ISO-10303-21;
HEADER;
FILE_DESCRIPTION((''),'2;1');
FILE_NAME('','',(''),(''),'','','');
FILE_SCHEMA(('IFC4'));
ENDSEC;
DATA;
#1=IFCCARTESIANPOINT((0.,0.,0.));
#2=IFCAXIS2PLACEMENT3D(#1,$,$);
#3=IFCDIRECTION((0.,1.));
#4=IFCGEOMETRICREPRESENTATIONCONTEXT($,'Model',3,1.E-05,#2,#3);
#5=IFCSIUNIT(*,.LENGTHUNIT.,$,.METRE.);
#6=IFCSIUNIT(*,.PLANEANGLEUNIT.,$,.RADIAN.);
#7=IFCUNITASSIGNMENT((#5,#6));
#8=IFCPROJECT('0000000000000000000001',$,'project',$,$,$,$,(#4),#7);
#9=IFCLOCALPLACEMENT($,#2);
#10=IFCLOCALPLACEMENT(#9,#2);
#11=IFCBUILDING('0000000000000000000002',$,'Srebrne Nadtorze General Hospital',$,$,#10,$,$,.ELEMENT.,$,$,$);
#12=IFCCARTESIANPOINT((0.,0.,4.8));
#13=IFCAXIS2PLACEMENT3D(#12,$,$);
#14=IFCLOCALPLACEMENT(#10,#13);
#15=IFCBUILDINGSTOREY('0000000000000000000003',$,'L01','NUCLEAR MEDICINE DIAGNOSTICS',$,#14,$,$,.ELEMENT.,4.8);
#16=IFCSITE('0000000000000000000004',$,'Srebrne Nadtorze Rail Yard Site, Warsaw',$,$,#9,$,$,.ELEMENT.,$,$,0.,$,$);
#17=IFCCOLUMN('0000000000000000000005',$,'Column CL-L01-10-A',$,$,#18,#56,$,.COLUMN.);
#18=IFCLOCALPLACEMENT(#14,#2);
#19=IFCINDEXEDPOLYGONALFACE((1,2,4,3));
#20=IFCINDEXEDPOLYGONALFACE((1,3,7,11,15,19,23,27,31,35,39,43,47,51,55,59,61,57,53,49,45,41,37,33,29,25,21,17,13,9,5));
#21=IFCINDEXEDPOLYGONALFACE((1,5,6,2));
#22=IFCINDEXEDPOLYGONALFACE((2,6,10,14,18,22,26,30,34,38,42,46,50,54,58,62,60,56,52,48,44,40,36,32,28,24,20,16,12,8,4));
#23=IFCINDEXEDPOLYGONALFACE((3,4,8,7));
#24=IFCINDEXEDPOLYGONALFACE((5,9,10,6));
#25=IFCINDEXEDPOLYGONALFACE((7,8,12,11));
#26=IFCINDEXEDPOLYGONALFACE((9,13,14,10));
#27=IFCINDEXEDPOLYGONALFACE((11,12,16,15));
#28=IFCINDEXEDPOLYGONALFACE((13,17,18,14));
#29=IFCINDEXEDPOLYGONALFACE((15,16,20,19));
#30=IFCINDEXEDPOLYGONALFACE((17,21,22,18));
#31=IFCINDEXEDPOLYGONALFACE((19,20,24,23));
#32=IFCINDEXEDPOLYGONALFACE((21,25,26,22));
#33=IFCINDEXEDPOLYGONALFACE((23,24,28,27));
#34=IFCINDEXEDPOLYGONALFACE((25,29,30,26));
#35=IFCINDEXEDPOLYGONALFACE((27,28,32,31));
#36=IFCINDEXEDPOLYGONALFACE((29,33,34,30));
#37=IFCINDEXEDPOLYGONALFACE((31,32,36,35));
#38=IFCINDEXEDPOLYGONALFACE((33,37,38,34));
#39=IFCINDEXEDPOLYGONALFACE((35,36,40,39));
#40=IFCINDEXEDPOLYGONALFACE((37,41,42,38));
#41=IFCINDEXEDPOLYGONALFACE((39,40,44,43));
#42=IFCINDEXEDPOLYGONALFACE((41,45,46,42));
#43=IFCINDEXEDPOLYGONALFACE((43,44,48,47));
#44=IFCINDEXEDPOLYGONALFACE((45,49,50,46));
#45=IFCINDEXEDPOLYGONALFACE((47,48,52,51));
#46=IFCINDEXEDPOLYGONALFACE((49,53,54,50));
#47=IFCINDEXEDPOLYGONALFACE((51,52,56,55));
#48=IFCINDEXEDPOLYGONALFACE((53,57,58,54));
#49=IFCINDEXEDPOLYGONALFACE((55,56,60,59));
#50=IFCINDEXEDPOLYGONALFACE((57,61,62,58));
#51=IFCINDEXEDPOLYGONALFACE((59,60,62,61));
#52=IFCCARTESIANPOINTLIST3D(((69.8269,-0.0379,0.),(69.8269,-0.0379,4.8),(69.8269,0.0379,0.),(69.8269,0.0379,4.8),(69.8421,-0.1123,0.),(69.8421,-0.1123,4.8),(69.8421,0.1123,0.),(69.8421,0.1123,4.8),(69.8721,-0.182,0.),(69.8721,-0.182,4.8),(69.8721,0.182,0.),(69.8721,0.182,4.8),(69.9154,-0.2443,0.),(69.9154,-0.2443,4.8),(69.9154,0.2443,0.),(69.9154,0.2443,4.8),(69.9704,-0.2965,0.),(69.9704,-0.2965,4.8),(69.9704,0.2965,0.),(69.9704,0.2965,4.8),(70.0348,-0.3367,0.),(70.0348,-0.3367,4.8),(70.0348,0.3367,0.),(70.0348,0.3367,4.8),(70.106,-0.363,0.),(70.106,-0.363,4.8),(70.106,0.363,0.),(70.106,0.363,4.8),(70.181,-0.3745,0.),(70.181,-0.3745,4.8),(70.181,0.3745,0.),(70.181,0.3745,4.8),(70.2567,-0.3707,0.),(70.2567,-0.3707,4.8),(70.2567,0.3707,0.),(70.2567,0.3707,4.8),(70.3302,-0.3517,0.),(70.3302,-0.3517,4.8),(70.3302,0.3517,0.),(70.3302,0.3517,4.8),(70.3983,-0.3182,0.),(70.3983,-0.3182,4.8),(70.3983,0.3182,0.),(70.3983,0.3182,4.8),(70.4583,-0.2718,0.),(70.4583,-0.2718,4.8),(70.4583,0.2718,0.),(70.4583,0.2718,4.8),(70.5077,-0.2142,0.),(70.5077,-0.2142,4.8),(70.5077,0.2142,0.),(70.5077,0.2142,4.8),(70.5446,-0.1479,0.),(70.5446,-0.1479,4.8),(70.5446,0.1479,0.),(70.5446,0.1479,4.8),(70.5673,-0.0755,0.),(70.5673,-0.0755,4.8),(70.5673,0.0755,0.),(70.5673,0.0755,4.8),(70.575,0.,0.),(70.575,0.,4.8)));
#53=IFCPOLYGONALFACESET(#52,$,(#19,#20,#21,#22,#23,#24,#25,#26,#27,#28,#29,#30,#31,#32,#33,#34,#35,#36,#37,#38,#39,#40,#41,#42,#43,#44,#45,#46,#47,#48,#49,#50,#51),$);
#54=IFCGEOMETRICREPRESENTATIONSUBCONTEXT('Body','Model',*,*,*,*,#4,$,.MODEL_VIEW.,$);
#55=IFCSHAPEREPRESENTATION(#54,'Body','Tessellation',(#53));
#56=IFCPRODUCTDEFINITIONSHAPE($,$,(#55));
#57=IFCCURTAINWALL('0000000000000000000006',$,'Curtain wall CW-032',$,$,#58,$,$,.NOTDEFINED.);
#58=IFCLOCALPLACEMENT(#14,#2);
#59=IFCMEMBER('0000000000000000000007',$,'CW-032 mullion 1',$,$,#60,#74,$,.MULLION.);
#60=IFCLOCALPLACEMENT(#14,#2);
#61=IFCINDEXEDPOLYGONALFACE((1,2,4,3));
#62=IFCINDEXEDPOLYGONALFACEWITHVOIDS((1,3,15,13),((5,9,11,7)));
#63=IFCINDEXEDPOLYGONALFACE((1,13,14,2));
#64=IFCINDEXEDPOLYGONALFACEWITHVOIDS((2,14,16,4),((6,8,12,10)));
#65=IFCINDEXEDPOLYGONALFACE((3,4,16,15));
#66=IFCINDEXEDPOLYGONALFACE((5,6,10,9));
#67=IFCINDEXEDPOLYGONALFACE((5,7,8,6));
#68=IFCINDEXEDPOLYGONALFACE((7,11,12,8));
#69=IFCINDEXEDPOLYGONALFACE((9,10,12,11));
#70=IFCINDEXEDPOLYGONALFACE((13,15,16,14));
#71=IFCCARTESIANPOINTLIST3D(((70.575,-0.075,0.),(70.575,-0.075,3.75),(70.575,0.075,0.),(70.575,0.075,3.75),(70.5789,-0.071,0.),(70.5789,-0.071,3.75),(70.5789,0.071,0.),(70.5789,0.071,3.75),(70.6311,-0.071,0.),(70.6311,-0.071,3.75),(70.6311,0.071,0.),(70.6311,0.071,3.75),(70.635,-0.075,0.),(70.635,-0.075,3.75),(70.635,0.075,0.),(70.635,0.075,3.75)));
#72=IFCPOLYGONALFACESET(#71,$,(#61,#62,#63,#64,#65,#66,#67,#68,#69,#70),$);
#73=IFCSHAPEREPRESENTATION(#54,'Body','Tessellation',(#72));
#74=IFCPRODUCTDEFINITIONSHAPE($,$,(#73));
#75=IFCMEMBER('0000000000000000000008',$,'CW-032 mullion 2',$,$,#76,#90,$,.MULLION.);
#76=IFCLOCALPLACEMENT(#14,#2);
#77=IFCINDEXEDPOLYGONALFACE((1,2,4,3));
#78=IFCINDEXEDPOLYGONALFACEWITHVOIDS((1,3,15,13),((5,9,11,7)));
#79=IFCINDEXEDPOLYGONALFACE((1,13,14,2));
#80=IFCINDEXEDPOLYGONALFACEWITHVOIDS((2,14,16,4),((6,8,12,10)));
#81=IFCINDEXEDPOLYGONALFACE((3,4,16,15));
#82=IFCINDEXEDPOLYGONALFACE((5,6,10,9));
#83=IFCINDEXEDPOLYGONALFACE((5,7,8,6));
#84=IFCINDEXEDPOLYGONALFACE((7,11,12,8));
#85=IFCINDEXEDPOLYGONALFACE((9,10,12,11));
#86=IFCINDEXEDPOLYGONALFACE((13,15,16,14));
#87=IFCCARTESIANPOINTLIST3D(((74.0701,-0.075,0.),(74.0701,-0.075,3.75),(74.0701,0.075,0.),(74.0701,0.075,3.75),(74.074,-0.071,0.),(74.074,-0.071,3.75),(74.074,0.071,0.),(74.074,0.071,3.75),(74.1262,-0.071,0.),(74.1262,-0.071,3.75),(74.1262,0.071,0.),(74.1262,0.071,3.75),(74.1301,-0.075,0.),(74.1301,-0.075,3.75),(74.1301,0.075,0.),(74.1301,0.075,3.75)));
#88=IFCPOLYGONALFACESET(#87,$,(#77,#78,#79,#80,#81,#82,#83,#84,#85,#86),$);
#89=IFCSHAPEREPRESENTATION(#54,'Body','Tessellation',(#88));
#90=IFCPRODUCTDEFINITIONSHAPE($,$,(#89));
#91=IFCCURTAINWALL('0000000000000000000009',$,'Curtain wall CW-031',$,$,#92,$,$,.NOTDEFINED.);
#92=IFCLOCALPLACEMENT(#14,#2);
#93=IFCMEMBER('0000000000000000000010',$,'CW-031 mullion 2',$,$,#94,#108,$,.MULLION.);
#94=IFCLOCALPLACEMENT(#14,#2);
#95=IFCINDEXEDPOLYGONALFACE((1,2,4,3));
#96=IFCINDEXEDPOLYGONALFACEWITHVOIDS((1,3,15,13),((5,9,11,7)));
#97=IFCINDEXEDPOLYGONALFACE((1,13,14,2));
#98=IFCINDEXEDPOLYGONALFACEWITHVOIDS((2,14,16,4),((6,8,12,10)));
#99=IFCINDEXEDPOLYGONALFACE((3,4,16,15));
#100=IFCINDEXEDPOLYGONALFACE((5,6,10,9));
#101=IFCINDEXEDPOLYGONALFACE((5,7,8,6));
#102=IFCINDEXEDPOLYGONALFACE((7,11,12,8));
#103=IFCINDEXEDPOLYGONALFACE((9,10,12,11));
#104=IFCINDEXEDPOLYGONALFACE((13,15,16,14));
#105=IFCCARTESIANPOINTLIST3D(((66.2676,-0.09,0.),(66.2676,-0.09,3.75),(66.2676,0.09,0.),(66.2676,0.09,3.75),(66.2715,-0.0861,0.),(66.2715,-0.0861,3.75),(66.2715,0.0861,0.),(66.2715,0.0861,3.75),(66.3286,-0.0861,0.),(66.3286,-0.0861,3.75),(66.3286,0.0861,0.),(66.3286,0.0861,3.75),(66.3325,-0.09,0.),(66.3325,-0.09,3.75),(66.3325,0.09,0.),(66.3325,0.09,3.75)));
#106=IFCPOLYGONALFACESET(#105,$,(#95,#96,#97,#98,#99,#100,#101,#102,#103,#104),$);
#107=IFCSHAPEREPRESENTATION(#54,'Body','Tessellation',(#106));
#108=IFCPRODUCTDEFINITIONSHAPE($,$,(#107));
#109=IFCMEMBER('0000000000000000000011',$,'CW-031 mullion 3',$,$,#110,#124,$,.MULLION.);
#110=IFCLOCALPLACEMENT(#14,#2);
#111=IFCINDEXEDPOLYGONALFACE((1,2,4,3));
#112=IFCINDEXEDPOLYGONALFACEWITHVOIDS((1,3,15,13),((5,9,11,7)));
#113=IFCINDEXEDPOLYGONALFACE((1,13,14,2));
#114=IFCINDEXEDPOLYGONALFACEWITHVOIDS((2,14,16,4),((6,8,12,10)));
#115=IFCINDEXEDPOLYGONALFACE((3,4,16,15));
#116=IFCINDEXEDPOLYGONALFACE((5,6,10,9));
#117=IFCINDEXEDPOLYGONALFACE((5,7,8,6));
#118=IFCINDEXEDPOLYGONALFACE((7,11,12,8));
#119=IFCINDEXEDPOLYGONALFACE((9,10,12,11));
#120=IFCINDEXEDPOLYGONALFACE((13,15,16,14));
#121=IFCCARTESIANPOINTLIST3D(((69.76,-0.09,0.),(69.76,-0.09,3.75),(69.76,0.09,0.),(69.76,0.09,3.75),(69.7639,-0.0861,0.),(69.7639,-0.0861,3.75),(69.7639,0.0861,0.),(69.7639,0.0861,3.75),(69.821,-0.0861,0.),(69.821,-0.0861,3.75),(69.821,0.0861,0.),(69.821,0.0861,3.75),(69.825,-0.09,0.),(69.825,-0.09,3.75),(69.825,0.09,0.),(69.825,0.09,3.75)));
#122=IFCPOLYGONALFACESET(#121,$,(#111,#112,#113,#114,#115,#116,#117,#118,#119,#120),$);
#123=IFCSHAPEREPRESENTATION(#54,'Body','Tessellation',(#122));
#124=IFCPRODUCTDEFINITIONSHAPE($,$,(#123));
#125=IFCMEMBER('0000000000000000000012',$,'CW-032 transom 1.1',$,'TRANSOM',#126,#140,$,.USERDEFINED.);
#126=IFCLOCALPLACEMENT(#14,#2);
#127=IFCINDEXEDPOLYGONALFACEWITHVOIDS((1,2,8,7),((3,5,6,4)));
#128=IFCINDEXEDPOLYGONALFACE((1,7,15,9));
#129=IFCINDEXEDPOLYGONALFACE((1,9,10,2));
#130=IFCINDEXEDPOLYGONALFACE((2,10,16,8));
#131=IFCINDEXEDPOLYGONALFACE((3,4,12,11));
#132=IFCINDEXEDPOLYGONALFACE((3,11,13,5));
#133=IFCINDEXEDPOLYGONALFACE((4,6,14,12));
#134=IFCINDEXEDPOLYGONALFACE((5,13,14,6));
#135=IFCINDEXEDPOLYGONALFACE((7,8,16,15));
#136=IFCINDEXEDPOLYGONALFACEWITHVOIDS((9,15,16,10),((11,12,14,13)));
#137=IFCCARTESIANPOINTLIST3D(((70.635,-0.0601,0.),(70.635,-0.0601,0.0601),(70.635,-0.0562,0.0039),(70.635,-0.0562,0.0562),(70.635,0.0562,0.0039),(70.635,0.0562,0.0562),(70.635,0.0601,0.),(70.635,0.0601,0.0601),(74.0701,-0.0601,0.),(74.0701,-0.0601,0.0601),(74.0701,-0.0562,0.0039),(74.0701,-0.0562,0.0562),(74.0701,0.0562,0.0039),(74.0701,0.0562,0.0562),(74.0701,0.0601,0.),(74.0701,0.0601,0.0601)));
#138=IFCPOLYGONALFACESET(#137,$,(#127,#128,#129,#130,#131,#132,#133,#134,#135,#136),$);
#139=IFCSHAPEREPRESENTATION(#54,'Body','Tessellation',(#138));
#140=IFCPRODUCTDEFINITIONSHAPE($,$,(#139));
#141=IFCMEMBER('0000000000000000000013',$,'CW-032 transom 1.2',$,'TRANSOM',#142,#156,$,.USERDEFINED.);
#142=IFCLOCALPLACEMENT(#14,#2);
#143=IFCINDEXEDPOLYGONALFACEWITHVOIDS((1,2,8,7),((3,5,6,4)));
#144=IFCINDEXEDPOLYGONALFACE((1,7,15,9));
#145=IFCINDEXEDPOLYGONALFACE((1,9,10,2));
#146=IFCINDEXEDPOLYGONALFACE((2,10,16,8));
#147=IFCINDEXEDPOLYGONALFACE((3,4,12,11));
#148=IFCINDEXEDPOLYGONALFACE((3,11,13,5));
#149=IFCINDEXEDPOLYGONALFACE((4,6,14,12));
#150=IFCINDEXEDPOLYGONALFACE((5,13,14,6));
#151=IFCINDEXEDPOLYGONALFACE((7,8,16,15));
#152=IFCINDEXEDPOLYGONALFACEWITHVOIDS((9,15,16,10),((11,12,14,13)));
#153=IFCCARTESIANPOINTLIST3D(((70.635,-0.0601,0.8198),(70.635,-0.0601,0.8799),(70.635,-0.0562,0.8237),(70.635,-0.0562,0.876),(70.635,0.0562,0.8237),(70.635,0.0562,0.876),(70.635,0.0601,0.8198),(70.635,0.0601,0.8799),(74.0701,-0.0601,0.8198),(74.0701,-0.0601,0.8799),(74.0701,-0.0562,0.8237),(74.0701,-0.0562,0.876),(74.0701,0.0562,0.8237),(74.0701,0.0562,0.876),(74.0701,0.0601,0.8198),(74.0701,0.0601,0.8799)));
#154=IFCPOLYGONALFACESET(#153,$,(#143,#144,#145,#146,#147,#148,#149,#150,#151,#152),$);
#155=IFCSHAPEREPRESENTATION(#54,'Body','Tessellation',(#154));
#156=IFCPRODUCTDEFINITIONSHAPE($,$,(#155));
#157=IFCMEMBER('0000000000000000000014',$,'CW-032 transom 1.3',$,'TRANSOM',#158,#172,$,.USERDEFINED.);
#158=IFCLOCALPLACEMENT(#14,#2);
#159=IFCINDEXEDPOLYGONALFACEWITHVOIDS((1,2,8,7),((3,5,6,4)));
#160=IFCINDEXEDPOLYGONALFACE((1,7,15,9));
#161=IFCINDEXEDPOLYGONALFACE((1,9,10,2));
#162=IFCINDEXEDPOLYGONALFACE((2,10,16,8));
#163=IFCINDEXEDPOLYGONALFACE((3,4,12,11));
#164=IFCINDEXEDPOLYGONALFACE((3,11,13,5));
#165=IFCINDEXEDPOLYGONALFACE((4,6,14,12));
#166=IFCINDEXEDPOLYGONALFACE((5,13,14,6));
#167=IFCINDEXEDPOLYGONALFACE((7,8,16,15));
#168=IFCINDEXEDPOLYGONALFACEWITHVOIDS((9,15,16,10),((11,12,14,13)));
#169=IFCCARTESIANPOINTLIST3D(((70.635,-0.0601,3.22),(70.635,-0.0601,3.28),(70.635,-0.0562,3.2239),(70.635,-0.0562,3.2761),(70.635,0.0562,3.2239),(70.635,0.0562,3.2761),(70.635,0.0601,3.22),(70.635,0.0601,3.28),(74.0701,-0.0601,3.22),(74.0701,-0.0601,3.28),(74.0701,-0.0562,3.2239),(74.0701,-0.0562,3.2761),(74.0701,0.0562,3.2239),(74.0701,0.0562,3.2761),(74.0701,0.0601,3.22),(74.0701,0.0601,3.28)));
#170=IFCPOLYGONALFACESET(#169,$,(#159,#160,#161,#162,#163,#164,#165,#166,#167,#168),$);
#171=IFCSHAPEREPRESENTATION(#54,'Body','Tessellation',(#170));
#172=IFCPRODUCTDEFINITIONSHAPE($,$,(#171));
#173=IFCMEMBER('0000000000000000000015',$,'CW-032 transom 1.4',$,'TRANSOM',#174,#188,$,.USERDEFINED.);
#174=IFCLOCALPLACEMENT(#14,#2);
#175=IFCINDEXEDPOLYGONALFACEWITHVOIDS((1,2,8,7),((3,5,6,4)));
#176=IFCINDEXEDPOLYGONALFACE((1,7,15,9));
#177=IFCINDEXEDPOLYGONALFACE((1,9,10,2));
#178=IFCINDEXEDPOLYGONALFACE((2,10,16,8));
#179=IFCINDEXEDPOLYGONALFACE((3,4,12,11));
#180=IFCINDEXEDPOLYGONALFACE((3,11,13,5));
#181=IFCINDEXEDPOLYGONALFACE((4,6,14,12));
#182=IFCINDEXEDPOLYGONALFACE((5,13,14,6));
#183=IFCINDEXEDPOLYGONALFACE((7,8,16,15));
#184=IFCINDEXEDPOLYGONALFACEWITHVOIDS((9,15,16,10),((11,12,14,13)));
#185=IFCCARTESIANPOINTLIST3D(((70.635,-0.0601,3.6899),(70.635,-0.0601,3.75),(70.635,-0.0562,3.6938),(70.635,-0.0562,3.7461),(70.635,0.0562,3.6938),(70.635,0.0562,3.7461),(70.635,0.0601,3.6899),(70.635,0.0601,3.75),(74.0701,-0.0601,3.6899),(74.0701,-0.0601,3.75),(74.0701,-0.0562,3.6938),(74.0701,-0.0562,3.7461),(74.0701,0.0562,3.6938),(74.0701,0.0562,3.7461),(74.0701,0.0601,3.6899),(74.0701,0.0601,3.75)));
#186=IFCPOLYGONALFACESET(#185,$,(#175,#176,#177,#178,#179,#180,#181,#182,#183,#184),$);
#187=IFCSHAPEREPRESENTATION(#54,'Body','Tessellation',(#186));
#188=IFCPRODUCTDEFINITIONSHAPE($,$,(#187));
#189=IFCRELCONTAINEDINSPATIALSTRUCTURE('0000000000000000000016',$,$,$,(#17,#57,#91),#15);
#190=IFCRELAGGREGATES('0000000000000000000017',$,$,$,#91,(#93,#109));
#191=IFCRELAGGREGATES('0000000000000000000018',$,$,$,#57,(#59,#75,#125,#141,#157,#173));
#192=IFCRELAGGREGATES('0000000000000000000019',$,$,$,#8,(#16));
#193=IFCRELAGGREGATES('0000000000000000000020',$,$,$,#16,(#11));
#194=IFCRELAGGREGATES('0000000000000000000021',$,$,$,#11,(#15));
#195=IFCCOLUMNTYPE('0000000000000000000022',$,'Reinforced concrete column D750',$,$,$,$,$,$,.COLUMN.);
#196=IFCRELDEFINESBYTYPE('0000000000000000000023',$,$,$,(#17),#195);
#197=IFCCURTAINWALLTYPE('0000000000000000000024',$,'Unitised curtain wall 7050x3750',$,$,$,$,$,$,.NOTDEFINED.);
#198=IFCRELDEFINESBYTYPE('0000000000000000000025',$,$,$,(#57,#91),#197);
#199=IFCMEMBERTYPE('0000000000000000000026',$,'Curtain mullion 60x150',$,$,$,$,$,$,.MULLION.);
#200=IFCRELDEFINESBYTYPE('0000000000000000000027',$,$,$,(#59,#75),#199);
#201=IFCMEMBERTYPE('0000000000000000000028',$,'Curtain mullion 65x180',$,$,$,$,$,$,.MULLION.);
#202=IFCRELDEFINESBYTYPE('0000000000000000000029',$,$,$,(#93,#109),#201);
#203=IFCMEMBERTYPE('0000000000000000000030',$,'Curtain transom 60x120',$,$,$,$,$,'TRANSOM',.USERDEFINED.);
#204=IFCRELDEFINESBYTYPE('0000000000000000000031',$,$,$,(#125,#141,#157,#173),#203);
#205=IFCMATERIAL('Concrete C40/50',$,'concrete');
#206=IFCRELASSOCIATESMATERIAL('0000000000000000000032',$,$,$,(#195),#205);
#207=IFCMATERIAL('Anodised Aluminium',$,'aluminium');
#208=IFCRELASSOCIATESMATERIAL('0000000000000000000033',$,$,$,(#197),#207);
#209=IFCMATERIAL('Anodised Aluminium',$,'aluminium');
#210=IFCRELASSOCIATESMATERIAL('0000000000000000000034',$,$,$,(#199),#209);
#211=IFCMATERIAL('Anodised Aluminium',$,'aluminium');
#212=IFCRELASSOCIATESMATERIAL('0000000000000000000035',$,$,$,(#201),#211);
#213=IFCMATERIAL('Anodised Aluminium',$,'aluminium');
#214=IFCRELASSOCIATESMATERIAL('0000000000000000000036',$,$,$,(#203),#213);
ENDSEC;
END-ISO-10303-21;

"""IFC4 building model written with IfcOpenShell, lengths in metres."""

from ifc_helpers import new_model, si_unit, direction, frame, origin, origin_2d, place, context, subcontext, project, spatial, hollow_rectangle, circle, extrude, material, material_profile, profile_set, type_object, element, aggregate, save


model = new_model("IFC4")

# Units and contexts
model_context = context("Model", 3, precision=1e-05, world=origin(), true_north=direction((0.0, 1.0)))
body_context = subcontext(model_context, "Body", "Model", "MODEL_VIEW")
ifc_project = project(units=[si_unit("LENGTHUNIT", "METRE"), si_unit("PLANEANGLEUNIT", "RADIAN")], contexts=[model_context])

# Site, building, storey
site_placement = place(None, origin())
site = spatial("IfcSite", under=ifc_project, at=site_placement, Name="Srebrne Nadtorze Rail Yard Site, Warsaw", CompositionType="ELEMENT", RefElevation=0.0)
building_placement = place(site_placement, origin())
building = spatial("IfcBuilding", under=site, at=building_placement, Name="Srebrne Nadtorze General Hospital", CompositionType="ELEMENT")
storey_placement = place(building_placement, frame((0.0, 0.0, 4.8)))
storey = spatial("IfcBuildingStorey", under=building, at=storey_placement, Name="L01", Description="NUCLEAR MEDICINE DIAGNOSTICS", CompositionType="ELEMENT", Elevation=4.8)

# Column
ifc_material_1 = material(Name="Concrete C40/50", Category="concrete")
ifc_material_profile_1 = material_profile(ifc_material_1, circle(Radius=0.375, at=origin_2d()), Name="RC-COL-D750")
ifc_profile_set_1 = profile_set([ifc_material_profile_1], Name="Concrete C40/50")
column_type = type_object("IfcColumnType", Name="Reinforced concrete column D750", PredefinedType="COLUMN", material=ifc_profile_set_1)
column_placement = place(storey_placement, frame((70.2, 0.0, 0.0), z_axis=(0.0, 0.0, 1.0), x_axis=(1.0, 0.0, 0.0)))
element("IfcColumn", 1, at=column_placement, inside=storey, type_object=column_type, Name="Column CL-L01-10-A", PredefinedType="COLUMN", context=body_context, shape_type="SweptSolid", body=[
    extrude(circle(Radius=0.375, at=origin_2d()), origin(), (0.0, 0.0, 1.0), 4.8),
])

# Curtain walls, members
ifc_material_2 = material(Name="Anodised Aluminium", Category="aluminium")
curtain_wall_type = type_object("IfcCurtainWallType", Name="Unitised curtain wall 7050x3750", PredefinedType="NOTDEFINED", material=ifc_material_2)
curtain_wall_1_placement = place(storey_placement, origin())
curtain_wall_1 = element("IfcCurtainWall", 2, at=curtain_wall_1_placement, inside=storey, type_object=curtain_wall_type, Name="Curtain wall CW-032", PredefinedType="NOTDEFINED")
ifc_material_3 = material(Name="Anodised Aluminium", Category="aluminium")
ifc_material_profile_2 = material_profile(ifc_material_3, hollow_rectangle(XDim=0.0601, YDim=0.1499, WallThickness=0.0039, at=origin_2d()), Name="AL-MUL-60x150")
ifc_profile_set_2 = profile_set([ifc_material_profile_2], Name="Anodised Aluminium")
member_type_1 = type_object("IfcMemberType", Name="Curtain mullion 60x150", PredefinedType="MULLION", material=ifc_profile_set_2)
member_1_placement = place(storey_placement, frame((70.605, 0.0, 0.0), z_axis=(0.0, 0.0, 1.0), x_axis=(1.0, 0.0, 0.0)))
member_1 = element("IfcMember", 3, at=member_1_placement, type_object=member_type_1, Name="CW-032 mullion 1", PredefinedType="MULLION", context=body_context, shape_type="SweptSolid", body=[
    extrude(hollow_rectangle(XDim=0.0601, YDim=0.1499, WallThickness=0.0039, at=origin_2d()), origin(), (0.0, 0.0, 1.0), 3.75),
])
member_2_placement = place(storey_placement, frame((74.1001, 0.0, 0.0), z_axis=(0.0, 0.0, 1.0), x_axis=(1.0, 0.0, 0.0)))
member_2 = element("IfcMember", 4, at=member_2_placement, type_object=member_type_1, Name="CW-032 mullion 2", PredefinedType="MULLION", context=body_context, shape_type="SweptSolid", body=[
    extrude(hollow_rectangle(XDim=0.0601, YDim=0.1499, WallThickness=0.0039, at=origin_2d()), origin(), (0.0, 0.0, 1.0), 3.75),
])
curtain_wall_2_placement = place(storey_placement, origin())
curtain_wall_2 = element("IfcCurtainWall", 5, at=curtain_wall_2_placement, inside=storey, type_object=curtain_wall_type, Name="Curtain wall CW-031", PredefinedType="NOTDEFINED")
ifc_material_4 = material(Name="Anodised Aluminium", Category="aluminium")
ifc_material_profile_3 = material_profile(ifc_material_4, hollow_rectangle(XDim=0.0649, YDim=0.1799, WallThickness=0.0039, at=origin_2d()), Name="AL-MUL-65x180")
ifc_profile_set_3 = profile_set([ifc_material_profile_3], Name="Anodised Aluminium")
member_type_2 = type_object("IfcMemberType", Name="Curtain mullion 65x180", PredefinedType="MULLION", material=ifc_profile_set_3)
member_3_placement = place(storey_placement, frame((66.3, 0.0, 0.0), z_axis=(0.0, 0.0, 1.0), x_axis=(1.0, 0.0, 0.0)))
member_3 = element("IfcMember", 6, at=member_3_placement, type_object=member_type_2, Name="CW-031 mullion 2", PredefinedType="MULLION", context=body_context, shape_type="SweptSolid", body=[
    extrude(hollow_rectangle(XDim=0.0649, YDim=0.1799, WallThickness=0.0039, at=origin_2d()), origin(), (0.0, 0.0, 1.0), 3.75),
])
member_4_placement = place(storey_placement, frame((69.7925, 0.0, 0.0), z_axis=(0.0, 0.0, 1.0), x_axis=(1.0, 0.0, 0.0)))
member_4 = element("IfcMember", 7, at=member_4_placement, type_object=member_type_2, Name="CW-031 mullion 3", PredefinedType="MULLION", context=body_context, shape_type="SweptSolid", body=[
    extrude(hollow_rectangle(XDim=0.0649, YDim=0.1799, WallThickness=0.0039, at=origin_2d()), origin(), (0.0, 0.0, 1.0), 3.75),
])

# Members
ifc_material_5 = material(Name="Anodised Aluminium", Category="aluminium")
ifc_material_profile_4 = material_profile(ifc_material_5, hollow_rectangle(XDim=0.0601, YDim=0.1201, WallThickness=0.0039, at=origin_2d()), Name="AL-TRN-60x120")
ifc_profile_set_4 = profile_set([ifc_material_profile_4], Name="Anodised Aluminium")
member_type_3 = type_object("IfcMemberType", Name="Curtain transom 60x120", ElementType="TRANSOM", PredefinedType="USERDEFINED", material=ifc_profile_set_4)
member_5_placement = place(storey_placement, frame((70.635, 0.0, 0.03), z_axis=(1.0, 0.0, 0.0), x_axis=(0.0, 0.0, 1.0)))
member_5 = element("IfcMember", 8, at=member_5_placement, type_object=member_type_3, Name="CW-032 transom 1.1", ObjectType="TRANSOM", PredefinedType="USERDEFINED", context=body_context, shape_type="SweptSolid", body=[
    extrude(hollow_rectangle(XDim=0.0601, YDim=0.1201, WallThickness=0.0039, at=origin_2d()), origin(), (0.0, 0.0, 1.0), 3.4351),
])
member_6_placement = place(storey_placement, frame((70.635, 0.0, 0.8499), z_axis=(1.0, 0.0, 0.0), x_axis=(0.0, 0.0, 1.0)))
member_6 = element("IfcMember", 9, at=member_6_placement, type_object=member_type_3, Name="CW-032 transom 1.2", ObjectType="TRANSOM", PredefinedType="USERDEFINED", context=body_context, shape_type="SweptSolid", body=[
    extrude(hollow_rectangle(XDim=0.0601, YDim=0.1201, WallThickness=0.0039, at=origin_2d()), origin(), (0.0, 0.0, 1.0), 3.4351),
])
member_7_placement = place(storey_placement, frame((70.635, 0.0, 3.25), z_axis=(1.0, 0.0, 0.0), x_axis=(0.0, 0.0, 1.0)))
member_7 = element("IfcMember", 10, at=member_7_placement, type_object=member_type_3, Name="CW-032 transom 1.3", ObjectType="TRANSOM", PredefinedType="USERDEFINED", context=body_context, shape_type="SweptSolid", body=[
    extrude(hollow_rectangle(XDim=0.0601, YDim=0.1201, WallThickness=0.0039, at=origin_2d()), origin(), (0.0, 0.0, 1.0), 3.4351),
])
member_8_placement = place(storey_placement, frame((70.635, 0.0, 3.72), z_axis=(1.0, 0.0, 0.0), x_axis=(0.0, 0.0, 1.0)))
member_8 = element("IfcMember", 11, at=member_8_placement, type_object=member_type_3, Name="CW-032 transom 1.4", ObjectType="TRANSOM", PredefinedType="USERDEFINED", context=body_context, shape_type="SweptSolid", body=[
    extrude(hollow_rectangle(XDim=0.0601, YDim=0.1201, WallThickness=0.0039, at=origin_2d()), origin(), (0.0, 0.0, 1.0), 3.4351),
])

aggregate(curtain_wall_2, [member_3, member_4])
aggregate(curtain_wall_1, [member_1, member_2, member_5, member_6, member_7, member_8])

save(model, "model.ifc")
